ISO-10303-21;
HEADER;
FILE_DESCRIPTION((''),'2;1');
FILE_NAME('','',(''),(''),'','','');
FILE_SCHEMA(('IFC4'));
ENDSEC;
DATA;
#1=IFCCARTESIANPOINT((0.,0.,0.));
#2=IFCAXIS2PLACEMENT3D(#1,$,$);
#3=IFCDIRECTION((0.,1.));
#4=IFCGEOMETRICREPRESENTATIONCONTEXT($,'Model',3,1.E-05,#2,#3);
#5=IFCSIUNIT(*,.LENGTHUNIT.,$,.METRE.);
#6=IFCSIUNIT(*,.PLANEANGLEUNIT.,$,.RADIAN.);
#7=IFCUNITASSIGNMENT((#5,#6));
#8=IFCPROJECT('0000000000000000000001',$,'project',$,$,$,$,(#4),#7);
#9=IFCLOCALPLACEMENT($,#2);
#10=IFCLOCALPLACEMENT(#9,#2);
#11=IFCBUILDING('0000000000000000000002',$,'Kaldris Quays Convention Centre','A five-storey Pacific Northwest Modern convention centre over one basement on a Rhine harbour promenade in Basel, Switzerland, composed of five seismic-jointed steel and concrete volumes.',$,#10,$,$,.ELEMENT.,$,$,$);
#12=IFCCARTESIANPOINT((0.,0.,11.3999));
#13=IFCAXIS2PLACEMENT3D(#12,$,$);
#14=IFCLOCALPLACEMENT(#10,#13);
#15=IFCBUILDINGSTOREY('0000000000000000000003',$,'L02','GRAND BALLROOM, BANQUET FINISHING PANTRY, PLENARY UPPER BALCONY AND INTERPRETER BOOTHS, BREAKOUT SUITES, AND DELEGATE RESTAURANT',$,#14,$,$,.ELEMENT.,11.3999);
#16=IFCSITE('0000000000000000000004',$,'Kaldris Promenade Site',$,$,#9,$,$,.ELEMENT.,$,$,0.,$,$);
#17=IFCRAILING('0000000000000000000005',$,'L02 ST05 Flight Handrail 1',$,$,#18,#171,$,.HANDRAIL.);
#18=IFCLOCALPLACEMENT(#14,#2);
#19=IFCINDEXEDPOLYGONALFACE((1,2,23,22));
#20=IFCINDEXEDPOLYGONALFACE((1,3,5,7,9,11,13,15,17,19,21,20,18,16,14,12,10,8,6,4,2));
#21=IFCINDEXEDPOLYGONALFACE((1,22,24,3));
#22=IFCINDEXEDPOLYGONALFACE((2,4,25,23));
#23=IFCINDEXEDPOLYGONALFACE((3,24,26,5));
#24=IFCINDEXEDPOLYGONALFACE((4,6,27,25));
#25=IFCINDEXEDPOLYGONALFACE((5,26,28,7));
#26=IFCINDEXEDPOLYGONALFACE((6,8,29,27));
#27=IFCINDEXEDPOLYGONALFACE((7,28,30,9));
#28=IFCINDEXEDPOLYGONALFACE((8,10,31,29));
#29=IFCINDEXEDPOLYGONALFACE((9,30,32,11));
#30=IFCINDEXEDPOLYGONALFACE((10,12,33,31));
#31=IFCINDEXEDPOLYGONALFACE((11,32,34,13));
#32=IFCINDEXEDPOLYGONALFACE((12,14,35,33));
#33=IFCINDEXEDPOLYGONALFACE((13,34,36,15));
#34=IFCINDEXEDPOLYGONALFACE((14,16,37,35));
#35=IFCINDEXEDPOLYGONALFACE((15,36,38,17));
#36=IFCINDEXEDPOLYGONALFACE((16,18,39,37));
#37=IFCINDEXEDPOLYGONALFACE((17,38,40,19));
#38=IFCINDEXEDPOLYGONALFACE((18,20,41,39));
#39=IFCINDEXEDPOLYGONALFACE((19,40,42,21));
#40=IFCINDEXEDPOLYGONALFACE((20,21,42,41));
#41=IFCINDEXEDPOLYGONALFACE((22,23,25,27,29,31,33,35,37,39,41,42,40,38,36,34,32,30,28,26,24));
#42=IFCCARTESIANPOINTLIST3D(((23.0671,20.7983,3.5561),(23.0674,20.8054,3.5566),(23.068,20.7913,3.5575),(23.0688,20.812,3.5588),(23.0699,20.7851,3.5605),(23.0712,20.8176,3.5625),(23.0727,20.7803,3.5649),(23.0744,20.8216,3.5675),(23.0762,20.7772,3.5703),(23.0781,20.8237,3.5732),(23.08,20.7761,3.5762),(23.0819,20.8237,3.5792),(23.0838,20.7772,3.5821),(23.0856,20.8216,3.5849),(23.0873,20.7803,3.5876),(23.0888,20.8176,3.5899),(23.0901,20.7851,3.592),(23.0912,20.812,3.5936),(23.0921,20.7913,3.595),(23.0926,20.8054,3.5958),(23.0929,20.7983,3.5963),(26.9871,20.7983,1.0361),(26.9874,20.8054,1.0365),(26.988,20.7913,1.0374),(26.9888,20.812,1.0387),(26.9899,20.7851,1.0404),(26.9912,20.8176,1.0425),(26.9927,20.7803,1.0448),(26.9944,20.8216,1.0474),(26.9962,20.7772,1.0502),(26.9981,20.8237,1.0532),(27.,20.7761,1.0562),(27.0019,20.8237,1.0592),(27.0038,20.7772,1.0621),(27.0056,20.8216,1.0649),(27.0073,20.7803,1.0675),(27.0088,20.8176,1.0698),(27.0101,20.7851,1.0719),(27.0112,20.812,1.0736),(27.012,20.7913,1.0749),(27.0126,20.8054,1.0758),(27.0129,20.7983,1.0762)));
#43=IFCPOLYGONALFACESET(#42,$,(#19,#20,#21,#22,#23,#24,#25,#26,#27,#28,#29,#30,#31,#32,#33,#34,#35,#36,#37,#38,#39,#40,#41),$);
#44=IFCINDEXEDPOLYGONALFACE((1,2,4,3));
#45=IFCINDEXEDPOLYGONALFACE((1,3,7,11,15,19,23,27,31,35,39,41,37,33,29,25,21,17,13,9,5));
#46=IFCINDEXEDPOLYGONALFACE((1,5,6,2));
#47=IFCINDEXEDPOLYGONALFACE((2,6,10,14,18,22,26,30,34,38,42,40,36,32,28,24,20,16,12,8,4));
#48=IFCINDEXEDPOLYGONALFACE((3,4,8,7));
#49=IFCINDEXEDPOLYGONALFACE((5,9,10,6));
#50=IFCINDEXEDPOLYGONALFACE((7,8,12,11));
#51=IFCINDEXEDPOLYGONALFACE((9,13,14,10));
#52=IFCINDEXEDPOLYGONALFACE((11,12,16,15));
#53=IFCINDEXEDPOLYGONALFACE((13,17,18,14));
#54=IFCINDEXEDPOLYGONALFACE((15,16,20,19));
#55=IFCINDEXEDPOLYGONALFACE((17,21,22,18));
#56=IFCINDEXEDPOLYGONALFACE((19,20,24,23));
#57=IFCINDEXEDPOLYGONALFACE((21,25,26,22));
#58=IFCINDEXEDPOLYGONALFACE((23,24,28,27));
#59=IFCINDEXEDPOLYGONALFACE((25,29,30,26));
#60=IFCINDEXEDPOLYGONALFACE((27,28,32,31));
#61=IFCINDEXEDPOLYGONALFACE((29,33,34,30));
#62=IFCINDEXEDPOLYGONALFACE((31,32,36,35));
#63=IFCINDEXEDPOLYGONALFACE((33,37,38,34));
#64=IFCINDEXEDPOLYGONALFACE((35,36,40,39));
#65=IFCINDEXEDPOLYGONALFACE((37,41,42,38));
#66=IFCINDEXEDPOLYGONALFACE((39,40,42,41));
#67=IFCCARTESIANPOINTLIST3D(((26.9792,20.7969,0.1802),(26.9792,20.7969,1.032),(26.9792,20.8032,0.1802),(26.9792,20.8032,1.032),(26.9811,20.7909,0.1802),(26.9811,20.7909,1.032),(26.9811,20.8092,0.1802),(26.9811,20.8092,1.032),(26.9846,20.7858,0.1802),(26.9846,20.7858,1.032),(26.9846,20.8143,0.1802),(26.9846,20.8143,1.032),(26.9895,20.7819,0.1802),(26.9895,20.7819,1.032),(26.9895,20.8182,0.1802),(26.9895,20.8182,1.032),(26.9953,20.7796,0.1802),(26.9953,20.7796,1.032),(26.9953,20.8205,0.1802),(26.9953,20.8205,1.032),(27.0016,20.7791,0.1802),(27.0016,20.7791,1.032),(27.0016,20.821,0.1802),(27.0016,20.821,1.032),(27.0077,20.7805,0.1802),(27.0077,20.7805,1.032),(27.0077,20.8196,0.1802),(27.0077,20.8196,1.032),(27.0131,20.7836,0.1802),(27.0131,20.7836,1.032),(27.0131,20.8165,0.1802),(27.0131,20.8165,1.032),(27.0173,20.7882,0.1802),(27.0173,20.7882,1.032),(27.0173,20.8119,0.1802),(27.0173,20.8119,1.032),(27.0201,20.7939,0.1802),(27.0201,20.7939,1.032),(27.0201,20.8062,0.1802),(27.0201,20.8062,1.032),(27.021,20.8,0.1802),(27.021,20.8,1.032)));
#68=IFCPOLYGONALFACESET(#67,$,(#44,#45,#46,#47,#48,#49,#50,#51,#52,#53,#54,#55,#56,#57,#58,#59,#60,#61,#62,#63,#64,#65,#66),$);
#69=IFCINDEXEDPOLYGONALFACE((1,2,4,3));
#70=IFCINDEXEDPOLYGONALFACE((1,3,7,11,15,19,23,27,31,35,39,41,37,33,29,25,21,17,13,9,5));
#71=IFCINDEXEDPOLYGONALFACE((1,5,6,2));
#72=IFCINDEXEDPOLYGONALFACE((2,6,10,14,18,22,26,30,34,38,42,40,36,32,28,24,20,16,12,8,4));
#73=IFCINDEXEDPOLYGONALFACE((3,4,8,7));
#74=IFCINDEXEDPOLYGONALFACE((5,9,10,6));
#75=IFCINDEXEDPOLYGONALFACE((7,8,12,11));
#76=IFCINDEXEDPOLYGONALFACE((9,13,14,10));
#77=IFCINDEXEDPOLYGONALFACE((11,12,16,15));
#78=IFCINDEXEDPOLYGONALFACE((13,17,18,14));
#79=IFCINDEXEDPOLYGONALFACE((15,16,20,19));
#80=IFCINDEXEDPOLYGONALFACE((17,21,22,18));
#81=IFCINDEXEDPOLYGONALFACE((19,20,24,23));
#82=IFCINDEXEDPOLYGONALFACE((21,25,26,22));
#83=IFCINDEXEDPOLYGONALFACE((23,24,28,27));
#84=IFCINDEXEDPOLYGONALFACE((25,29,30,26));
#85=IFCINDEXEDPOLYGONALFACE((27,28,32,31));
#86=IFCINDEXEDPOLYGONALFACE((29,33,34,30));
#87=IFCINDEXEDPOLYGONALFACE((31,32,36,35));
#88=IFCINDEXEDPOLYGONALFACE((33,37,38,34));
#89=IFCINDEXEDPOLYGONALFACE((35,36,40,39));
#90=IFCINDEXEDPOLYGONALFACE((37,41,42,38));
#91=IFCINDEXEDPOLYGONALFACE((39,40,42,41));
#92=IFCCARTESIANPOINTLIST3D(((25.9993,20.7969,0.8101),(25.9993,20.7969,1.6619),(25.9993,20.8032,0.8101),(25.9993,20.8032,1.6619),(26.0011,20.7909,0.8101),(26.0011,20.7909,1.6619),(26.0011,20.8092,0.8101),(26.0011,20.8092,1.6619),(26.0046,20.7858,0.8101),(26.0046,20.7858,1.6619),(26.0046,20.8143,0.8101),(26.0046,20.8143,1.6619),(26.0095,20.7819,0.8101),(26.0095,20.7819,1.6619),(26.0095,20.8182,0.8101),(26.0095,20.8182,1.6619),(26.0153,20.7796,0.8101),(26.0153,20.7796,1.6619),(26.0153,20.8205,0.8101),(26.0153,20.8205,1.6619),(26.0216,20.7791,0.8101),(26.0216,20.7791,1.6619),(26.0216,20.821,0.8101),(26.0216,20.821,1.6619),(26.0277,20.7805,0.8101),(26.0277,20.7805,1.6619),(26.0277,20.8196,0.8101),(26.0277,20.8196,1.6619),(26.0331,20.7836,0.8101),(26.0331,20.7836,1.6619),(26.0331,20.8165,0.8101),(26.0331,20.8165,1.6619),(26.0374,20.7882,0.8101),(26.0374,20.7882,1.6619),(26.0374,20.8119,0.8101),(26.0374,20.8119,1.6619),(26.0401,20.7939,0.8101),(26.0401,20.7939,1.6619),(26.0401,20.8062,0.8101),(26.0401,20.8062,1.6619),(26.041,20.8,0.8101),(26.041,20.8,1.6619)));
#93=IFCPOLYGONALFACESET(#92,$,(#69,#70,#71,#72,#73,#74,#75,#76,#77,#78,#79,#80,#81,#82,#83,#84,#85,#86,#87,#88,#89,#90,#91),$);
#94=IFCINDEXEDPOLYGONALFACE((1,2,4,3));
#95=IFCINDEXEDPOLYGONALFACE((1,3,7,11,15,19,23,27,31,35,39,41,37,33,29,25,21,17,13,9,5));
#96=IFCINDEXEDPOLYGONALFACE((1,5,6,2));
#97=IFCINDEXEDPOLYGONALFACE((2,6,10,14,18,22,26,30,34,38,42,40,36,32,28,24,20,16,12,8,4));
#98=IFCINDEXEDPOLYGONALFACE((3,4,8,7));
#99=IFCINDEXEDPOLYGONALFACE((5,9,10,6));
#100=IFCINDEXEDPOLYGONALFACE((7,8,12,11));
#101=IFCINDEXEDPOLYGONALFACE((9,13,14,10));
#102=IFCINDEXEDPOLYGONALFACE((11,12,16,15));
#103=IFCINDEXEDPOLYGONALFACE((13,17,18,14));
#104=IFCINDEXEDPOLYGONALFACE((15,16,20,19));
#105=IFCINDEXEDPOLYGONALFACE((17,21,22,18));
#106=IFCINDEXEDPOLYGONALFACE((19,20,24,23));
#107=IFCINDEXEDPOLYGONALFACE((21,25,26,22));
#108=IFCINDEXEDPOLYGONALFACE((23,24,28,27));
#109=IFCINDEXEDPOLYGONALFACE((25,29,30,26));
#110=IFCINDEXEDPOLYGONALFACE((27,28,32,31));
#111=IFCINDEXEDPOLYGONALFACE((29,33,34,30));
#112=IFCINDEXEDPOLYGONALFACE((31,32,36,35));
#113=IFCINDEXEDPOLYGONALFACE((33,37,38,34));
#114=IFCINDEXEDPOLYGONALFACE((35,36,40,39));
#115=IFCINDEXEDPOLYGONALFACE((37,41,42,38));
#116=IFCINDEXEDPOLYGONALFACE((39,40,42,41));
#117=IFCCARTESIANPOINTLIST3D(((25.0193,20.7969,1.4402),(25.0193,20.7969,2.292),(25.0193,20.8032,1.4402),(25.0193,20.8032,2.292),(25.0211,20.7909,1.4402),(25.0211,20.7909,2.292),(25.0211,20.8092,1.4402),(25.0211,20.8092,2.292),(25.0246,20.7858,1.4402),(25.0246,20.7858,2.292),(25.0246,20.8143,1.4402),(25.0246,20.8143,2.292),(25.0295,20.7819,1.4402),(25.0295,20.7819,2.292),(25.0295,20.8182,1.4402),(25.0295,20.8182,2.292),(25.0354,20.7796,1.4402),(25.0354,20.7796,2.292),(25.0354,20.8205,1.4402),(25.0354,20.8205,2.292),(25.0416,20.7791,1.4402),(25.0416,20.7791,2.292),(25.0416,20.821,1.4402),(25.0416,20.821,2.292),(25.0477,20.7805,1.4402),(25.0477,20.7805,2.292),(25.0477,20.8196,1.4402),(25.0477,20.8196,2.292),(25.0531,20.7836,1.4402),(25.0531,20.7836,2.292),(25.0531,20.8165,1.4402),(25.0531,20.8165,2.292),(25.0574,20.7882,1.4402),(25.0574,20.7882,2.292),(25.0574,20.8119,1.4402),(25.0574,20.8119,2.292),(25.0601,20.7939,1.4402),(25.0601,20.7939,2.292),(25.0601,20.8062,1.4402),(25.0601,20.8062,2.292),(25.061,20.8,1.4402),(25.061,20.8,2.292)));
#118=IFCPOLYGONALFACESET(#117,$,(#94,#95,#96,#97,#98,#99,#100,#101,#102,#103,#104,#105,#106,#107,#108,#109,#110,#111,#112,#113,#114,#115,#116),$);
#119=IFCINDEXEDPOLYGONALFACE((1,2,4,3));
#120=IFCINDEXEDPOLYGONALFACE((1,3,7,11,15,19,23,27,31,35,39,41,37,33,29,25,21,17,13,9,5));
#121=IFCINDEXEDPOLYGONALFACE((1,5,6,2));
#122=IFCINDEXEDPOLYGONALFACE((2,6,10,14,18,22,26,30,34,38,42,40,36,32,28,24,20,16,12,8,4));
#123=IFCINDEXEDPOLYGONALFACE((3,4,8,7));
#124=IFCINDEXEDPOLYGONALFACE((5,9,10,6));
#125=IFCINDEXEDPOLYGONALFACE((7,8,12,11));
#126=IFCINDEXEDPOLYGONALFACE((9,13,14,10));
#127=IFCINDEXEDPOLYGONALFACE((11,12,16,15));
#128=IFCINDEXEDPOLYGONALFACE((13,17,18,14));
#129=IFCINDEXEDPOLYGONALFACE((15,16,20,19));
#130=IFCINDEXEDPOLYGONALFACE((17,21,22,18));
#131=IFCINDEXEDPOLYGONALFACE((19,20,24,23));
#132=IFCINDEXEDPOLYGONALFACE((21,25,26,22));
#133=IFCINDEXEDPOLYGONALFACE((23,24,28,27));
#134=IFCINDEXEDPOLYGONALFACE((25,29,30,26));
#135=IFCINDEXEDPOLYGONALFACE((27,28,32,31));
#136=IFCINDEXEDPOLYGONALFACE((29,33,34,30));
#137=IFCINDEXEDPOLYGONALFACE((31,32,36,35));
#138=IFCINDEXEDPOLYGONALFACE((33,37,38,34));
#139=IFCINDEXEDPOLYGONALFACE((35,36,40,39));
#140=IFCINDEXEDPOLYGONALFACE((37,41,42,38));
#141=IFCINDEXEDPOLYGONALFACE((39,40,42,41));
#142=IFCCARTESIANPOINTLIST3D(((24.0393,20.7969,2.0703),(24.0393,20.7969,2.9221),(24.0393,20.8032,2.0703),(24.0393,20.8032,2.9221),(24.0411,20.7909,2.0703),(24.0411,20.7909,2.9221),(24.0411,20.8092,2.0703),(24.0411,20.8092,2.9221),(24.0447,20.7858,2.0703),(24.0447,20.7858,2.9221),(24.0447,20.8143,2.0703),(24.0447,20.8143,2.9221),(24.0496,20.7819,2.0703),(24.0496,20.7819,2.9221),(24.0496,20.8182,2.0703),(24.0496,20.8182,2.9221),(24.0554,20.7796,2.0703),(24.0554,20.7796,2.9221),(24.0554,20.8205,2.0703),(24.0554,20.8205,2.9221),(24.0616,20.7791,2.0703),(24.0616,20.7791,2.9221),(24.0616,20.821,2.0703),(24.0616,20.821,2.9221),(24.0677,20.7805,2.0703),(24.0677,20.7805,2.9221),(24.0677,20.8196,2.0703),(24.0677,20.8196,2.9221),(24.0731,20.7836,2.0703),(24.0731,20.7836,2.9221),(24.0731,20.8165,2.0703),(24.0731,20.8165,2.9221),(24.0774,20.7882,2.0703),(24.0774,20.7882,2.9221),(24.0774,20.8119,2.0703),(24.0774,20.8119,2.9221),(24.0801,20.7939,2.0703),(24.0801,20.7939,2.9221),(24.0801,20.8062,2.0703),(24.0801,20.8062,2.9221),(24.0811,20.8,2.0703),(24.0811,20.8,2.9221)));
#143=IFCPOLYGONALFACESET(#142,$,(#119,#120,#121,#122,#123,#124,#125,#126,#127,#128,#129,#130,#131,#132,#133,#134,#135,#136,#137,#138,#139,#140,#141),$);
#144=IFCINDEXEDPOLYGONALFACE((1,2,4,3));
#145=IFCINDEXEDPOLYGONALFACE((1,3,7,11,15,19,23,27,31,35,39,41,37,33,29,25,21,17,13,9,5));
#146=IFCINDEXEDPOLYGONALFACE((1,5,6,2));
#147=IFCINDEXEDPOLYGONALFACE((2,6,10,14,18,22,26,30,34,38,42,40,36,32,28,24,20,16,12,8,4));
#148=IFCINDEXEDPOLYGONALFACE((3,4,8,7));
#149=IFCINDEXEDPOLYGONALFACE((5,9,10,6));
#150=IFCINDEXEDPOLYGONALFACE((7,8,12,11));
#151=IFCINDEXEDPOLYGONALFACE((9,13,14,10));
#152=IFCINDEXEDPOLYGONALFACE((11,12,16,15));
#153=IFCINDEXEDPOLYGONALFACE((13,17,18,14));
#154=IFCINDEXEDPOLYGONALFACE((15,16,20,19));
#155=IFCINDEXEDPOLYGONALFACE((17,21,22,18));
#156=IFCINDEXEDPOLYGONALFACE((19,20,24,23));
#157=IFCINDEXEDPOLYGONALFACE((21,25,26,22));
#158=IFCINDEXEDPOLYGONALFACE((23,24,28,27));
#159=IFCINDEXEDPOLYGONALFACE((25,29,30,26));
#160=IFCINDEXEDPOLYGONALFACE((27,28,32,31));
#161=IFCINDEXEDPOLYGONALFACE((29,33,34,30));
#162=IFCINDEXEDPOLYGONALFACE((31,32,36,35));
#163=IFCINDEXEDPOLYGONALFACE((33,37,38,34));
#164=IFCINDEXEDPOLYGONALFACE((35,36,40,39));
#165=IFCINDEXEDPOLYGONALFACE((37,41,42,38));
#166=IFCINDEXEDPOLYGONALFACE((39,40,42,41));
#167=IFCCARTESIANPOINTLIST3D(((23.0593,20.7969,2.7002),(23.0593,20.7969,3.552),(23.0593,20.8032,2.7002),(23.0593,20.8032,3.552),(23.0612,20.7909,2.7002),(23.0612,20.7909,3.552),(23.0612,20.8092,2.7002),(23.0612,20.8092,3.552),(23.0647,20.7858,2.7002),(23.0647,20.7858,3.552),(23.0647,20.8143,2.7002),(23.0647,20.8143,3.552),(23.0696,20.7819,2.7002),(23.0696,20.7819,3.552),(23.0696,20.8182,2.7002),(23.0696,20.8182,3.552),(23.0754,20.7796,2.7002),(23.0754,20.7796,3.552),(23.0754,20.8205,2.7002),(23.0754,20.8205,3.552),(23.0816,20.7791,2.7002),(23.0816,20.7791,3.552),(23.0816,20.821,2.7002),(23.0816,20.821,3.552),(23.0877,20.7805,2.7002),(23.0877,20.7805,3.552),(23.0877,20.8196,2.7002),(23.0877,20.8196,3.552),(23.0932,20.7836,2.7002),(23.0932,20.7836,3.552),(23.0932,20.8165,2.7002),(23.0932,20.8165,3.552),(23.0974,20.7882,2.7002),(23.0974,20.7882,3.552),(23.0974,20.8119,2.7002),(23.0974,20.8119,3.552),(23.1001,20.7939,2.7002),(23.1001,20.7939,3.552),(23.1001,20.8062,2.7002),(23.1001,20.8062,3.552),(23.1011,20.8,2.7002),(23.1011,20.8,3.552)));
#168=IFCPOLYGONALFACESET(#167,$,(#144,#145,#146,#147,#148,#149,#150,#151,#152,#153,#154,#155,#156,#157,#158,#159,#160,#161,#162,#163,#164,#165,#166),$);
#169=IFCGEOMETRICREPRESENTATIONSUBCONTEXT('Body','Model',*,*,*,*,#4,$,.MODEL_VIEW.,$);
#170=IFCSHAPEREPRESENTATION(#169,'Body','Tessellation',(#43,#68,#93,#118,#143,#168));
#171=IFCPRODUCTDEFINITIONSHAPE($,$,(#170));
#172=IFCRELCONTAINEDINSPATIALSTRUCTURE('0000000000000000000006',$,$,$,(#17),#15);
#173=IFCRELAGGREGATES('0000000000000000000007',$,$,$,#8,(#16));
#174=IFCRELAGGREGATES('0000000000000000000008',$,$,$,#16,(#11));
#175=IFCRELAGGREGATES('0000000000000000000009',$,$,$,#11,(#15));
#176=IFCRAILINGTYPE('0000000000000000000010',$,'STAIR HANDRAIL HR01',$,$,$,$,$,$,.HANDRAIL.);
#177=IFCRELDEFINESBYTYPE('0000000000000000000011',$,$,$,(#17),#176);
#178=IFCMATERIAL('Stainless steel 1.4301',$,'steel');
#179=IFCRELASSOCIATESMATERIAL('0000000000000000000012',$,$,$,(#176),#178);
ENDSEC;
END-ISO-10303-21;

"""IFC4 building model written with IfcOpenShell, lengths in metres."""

from ifc_helpers import new_model, si_unit, direction, frame, origin, origin_2d, place, context, subcontext, project, spatial, circle, extrude, material, type_object, element, save


model = new_model("IFC4")

# Units and contexts
model_context = context("Model", 3, precision=1e-05, world=origin(), true_north=direction((0.0, 1.0)))
body_context = subcontext(model_context, "Body", "Model", "MODEL_VIEW")
ifc_project = project(units=[si_unit("LENGTHUNIT", "METRE"), si_unit("PLANEANGLEUNIT", "RADIAN")], contexts=[model_context])

# Site, building, storey
site_placement = place(None, origin())
site = spatial("IfcSite", under=ifc_project, at=site_placement, Name="Kaldris Promenade Site", CompositionType="ELEMENT", RefElevation=0.0)
building_placement = place(site_placement, origin())
building = spatial("IfcBuilding", under=site, at=building_placement, Name="Kaldris Quays Convention Centre", Description="A five-storey Pacific Northwest Modern convention centre over one basement on a Rhine harbour promenade in Basel, Switzerland, composed of five seismic-jointed steel and concrete volumes.", CompositionType="ELEMENT")
storey_placement = place(building_placement, frame((0.0, 0.0, 11.3999)))
storey = spatial("IfcBuildingStorey", under=building, at=storey_placement, Name="L02", Description="GRAND BALLROOM, BANQUET FINISHING PANTRY, PLENARY UPPER BALCONY AND INTERPRETER BOOTHS, BREAKOUT SUITES, AND DELEGATE RESTAURANT", CompositionType="ELEMENT", Elevation=11.3999)

# Railing
ifc_material_1 = material(Name="Stainless steel 1.4301", Category="steel")
railing_type_1 = type_object("IfcRailingType", Name="STAIR HANDRAIL HR01", PredefinedType="HANDRAIL", material=ifc_material_1)
railing_1_placement = place(storey_placement, frame((27.0, 20.8, 0.1802)))
element("IfcRailing", 1, at=railing_1_placement, inside=storey, type_object=railing_type_1, Name="L02 ST05 Flight Handrail 1", PredefinedType="HANDRAIL", context=body_context, shape_type="SweptSolid", body=[
    extrude(circle(Radius=0.0239, at=origin_2d()), frame((0.0, 0.0, 0.876), z_axis=(-0.841172, 0.0, 0.540768), x_axis=(0.0, -1.0, 0.0)), (0.0, 0.0, 1.0), 4.6602),
    extrude(circle(Radius=0.021, at=origin_2d()), origin(), (0.0, 0.0, 1.0), 0.8518),
    extrude(circle(Radius=0.021, at=origin_2d()), frame((-0.98, 0.0, 0.6299)), (0.0, 0.0, 1.0), 0.8518),
    extrude(circle(Radius=0.021, at=origin_2d()), frame((-1.96, 0.0, 1.26)), (0.0, 0.0, 1.0), 0.8518),
    extrude(circle(Radius=0.021, at=origin_2d()), frame((-2.9399, 0.0, 1.8901)), (0.0, 0.0, 1.0), 0.8518),
    extrude(circle(Radius=0.021, at=origin_2d()), frame((-3.9199, 0.0, 2.52)), (0.0, 0.0, 1.0), 0.8518),
])

save(model, "model.ifc")
